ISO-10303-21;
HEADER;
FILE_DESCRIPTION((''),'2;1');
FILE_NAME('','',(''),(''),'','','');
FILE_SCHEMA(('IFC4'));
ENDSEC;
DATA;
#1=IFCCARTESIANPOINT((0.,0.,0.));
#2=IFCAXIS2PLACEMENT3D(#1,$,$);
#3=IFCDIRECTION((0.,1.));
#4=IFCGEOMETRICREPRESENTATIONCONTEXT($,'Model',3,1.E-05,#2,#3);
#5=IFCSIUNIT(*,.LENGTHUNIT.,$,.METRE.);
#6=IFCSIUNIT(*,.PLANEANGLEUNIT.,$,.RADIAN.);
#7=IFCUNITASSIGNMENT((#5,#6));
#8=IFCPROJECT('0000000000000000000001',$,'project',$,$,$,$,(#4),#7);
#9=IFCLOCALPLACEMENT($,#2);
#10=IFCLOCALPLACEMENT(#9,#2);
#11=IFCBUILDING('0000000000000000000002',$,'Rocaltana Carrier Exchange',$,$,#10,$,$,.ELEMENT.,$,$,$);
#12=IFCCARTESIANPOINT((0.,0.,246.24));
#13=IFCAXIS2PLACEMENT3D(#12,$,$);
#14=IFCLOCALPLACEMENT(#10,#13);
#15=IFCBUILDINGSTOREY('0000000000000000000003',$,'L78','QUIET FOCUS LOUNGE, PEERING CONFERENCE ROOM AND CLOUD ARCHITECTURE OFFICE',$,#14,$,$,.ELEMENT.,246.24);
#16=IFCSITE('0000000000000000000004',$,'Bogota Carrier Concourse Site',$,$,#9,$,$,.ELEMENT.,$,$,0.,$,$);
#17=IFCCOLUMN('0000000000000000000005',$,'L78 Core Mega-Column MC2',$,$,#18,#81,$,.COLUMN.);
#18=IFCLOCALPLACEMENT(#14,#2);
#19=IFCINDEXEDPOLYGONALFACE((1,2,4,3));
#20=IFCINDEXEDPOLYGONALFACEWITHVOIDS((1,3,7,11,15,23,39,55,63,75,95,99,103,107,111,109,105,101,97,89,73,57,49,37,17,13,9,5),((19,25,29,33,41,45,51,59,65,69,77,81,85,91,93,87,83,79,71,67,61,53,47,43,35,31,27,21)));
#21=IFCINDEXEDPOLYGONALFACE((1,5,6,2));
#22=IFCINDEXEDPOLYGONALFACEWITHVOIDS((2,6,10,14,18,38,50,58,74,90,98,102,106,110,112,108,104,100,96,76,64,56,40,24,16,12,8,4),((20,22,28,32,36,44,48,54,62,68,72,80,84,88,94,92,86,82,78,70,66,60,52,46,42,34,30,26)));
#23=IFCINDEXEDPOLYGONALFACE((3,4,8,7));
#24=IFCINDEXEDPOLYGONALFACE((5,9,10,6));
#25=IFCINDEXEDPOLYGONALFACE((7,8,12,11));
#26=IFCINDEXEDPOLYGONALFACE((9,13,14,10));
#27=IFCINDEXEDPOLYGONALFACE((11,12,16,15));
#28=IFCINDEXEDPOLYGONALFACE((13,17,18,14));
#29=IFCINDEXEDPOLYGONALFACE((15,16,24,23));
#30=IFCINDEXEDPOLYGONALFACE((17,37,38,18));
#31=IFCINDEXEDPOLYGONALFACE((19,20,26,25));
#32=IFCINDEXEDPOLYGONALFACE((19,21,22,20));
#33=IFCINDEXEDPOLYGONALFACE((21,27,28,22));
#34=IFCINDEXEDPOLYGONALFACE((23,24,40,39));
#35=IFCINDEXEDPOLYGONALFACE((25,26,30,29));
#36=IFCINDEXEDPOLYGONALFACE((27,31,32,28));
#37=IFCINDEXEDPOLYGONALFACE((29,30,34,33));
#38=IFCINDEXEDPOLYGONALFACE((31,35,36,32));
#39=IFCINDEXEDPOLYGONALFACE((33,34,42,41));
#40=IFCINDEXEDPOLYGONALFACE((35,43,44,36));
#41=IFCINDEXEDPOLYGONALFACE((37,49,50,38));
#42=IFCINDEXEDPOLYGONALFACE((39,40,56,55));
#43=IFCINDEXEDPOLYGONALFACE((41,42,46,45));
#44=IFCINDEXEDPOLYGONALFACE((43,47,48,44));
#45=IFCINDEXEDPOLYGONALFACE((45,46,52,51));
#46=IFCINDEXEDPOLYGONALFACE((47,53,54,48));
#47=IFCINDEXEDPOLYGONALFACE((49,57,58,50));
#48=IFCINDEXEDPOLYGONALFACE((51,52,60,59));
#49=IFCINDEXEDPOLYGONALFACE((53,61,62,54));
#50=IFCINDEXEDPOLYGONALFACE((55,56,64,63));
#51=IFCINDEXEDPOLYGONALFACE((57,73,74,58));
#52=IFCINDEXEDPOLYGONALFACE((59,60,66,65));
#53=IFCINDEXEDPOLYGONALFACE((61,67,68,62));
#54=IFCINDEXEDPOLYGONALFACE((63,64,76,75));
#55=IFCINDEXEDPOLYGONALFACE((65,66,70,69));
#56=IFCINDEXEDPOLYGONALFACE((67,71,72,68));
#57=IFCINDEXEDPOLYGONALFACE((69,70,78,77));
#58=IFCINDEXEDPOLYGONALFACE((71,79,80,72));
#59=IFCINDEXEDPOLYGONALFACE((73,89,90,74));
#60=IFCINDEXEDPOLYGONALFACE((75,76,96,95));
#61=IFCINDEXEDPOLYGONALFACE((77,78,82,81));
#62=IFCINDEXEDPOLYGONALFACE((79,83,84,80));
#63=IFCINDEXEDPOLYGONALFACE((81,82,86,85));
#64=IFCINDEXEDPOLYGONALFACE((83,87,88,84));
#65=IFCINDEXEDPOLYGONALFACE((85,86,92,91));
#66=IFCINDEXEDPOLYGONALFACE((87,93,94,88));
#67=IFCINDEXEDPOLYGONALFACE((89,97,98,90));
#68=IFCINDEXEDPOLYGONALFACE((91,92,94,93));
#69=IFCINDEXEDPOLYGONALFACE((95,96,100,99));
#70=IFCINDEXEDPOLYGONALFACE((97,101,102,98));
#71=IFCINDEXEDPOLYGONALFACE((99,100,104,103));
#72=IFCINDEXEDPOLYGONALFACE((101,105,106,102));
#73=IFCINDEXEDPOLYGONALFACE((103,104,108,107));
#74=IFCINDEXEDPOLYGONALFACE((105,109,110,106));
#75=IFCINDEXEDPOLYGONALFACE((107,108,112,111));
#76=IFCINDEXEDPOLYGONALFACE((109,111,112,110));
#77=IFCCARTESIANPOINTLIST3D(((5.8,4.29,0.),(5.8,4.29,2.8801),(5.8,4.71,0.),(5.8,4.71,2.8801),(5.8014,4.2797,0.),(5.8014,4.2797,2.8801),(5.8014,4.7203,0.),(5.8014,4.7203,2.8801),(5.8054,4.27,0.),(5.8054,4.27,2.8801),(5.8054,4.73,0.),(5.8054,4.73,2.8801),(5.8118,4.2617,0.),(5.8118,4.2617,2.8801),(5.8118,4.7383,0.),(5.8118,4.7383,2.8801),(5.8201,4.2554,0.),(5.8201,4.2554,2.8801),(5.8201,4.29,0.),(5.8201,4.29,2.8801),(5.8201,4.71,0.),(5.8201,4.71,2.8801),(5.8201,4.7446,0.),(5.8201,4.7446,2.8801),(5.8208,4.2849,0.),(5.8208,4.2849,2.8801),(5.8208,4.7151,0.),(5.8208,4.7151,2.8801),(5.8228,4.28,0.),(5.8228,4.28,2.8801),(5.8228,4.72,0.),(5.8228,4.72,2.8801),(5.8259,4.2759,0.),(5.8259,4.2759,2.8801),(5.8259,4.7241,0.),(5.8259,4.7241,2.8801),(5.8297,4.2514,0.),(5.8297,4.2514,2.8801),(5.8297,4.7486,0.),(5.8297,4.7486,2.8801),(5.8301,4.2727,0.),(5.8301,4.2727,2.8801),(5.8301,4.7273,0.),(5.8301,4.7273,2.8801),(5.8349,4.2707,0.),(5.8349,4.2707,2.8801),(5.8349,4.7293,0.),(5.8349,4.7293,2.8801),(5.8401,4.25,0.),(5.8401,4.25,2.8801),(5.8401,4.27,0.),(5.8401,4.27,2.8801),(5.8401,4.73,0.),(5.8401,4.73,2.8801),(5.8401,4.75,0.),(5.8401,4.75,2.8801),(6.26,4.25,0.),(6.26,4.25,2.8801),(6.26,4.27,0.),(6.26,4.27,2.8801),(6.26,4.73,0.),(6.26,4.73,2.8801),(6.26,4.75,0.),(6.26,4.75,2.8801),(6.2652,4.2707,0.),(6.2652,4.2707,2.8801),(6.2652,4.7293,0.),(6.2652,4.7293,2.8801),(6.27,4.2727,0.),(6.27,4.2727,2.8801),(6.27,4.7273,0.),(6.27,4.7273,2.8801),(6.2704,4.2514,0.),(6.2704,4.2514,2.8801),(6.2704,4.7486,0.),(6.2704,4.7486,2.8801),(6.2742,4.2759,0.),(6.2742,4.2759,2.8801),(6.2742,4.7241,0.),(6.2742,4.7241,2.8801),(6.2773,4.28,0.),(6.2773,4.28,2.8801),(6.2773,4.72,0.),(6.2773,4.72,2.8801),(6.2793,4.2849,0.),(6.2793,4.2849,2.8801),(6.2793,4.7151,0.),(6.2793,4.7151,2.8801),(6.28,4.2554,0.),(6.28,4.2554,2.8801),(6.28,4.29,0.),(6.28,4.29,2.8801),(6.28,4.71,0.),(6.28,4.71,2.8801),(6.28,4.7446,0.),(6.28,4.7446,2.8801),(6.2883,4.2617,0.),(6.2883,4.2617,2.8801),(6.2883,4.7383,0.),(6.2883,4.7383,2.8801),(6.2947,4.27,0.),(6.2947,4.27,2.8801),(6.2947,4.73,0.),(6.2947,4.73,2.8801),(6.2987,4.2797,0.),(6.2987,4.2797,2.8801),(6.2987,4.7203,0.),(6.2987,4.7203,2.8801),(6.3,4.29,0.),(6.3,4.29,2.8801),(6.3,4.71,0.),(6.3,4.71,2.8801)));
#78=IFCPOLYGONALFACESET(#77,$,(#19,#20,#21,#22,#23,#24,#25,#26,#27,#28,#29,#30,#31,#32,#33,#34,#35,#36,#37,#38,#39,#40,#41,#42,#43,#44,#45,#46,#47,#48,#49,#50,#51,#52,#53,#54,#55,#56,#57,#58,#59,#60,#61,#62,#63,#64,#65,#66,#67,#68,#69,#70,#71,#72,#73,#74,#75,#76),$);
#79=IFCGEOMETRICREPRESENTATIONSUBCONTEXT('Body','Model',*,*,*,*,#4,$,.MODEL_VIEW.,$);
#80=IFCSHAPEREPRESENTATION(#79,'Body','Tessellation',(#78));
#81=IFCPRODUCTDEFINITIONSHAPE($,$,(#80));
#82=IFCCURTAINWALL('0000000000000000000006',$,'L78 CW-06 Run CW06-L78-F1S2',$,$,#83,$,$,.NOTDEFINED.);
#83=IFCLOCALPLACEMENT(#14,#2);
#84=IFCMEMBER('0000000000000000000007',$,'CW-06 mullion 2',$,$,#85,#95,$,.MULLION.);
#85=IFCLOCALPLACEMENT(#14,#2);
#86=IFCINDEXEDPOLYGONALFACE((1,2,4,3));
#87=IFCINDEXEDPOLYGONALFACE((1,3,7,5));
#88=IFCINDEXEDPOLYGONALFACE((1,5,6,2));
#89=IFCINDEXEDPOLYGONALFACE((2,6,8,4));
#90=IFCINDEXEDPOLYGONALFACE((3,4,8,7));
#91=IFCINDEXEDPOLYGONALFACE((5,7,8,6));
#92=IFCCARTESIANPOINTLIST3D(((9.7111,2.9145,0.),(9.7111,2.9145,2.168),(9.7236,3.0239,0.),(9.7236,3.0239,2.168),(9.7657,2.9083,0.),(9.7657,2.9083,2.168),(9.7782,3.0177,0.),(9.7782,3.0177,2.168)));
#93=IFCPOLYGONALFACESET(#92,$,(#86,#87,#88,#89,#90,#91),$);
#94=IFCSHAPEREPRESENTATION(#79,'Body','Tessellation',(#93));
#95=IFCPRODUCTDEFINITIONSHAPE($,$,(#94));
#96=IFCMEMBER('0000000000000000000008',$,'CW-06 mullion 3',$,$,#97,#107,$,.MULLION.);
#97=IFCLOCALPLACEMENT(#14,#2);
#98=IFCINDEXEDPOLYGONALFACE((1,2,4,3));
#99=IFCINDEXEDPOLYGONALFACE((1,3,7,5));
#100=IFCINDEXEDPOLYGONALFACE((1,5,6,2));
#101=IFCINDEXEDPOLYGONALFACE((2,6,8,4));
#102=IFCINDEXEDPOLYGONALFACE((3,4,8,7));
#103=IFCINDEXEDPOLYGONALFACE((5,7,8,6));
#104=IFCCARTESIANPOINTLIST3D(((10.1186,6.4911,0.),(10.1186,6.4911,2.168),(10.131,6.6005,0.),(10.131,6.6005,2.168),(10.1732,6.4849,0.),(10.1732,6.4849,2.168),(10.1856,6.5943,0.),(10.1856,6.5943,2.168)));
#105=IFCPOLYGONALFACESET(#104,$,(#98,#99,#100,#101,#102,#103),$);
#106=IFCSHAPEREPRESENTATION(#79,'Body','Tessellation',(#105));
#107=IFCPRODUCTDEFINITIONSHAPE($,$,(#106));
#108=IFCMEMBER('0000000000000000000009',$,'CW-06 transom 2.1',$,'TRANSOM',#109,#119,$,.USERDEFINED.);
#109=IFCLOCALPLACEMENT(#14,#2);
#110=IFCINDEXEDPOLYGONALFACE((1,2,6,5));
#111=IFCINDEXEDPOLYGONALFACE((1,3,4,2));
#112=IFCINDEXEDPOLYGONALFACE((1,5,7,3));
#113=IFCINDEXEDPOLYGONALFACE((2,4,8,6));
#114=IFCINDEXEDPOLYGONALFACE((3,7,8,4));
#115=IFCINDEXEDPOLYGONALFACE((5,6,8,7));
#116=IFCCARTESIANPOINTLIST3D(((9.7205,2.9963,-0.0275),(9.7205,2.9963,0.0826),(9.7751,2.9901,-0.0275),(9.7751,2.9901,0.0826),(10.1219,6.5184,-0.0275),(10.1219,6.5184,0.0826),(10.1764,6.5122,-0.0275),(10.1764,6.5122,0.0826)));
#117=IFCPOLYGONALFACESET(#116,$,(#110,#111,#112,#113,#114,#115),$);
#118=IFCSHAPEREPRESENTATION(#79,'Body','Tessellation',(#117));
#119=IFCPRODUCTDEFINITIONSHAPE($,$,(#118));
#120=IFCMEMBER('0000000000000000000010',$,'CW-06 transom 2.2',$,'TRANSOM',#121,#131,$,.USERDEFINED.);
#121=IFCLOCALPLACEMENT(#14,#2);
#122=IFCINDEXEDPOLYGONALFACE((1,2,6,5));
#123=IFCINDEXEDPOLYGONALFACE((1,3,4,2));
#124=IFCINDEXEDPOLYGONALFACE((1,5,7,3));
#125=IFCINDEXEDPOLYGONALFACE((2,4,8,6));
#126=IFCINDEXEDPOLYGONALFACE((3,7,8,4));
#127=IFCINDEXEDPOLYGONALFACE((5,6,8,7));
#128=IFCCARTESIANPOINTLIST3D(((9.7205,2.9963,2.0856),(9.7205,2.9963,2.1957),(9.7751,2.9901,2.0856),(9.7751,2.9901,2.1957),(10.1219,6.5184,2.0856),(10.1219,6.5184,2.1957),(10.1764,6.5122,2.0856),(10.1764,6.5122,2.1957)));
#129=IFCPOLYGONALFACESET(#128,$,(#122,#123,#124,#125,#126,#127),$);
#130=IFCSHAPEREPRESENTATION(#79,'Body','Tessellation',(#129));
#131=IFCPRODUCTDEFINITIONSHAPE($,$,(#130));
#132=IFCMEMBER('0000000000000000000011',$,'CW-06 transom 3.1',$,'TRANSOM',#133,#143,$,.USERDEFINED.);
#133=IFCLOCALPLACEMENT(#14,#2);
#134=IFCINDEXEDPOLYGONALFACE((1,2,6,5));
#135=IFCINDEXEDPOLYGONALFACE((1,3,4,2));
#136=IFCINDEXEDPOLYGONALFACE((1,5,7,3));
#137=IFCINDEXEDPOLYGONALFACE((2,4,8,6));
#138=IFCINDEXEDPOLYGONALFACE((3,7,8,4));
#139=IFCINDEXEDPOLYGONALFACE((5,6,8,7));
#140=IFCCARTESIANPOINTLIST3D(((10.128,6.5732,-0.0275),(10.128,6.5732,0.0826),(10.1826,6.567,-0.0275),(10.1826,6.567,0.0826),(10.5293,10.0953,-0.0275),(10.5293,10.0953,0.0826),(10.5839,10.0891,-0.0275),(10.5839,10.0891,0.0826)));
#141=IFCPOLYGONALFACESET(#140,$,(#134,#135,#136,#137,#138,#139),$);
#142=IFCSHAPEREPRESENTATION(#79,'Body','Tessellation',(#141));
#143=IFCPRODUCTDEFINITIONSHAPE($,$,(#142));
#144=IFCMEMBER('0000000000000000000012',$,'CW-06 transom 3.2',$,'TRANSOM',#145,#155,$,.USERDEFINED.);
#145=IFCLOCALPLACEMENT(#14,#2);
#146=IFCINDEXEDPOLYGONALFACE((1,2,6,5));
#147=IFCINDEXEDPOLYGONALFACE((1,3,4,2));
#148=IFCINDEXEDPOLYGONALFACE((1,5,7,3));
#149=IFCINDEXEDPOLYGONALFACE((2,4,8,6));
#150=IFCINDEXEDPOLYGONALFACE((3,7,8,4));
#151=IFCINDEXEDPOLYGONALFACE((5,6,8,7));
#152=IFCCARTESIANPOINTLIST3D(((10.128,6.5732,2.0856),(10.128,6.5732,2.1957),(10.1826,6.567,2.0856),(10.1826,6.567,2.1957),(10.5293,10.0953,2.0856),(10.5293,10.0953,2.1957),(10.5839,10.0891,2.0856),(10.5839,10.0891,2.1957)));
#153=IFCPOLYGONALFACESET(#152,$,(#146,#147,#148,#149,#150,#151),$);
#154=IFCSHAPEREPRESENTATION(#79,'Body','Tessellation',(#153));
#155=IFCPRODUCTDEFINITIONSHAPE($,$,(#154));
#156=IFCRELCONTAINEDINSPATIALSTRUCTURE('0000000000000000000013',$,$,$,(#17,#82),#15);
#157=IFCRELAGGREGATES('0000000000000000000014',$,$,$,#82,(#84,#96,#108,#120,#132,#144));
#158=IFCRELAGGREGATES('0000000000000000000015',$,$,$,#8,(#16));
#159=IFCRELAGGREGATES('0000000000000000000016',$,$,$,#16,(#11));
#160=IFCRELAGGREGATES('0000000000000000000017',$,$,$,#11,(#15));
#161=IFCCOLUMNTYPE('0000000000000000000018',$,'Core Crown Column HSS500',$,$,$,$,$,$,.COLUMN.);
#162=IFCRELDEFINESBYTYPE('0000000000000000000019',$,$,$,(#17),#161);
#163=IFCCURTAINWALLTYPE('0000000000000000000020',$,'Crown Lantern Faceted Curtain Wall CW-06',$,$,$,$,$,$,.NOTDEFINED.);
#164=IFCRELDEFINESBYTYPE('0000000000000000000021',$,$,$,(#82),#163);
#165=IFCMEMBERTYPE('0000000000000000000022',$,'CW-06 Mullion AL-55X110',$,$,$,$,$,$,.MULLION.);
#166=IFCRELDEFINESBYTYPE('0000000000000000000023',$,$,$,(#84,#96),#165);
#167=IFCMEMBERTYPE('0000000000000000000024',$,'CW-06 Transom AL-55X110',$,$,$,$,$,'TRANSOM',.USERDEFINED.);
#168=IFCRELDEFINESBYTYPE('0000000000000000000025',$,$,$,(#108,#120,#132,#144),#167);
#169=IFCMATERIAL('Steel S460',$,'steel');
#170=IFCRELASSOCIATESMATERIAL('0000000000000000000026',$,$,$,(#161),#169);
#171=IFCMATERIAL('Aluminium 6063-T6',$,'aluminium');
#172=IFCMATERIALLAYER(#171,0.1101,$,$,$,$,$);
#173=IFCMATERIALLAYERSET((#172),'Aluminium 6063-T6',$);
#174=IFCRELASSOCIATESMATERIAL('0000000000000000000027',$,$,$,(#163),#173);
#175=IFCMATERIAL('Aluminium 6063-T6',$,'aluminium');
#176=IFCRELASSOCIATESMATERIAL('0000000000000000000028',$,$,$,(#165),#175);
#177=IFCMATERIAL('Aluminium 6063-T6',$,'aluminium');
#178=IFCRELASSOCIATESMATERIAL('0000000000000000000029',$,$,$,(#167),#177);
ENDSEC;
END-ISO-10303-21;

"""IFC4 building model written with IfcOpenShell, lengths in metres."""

from ifc_helpers import new_model, si_unit, direction, frame, origin, origin_2d, place, context, subcontext, project, spatial, rectangle, hollow_rectangle, extrude, material, layer, layer_set, material_profile, profile_set, type_object, element, aggregate, save


model = new_model("IFC4")

# Units and contexts
model_context = context("Model", 3, precision=1e-05, world=origin(), true_north=direction((0.0, 1.0)))
body_context = subcontext(model_context, "Body", "Model", "MODEL_VIEW")
ifc_project = project(units=[si_unit("LENGTHUNIT", "METRE"), si_unit("PLANEANGLEUNIT", "RADIAN")], contexts=[model_context])

# Site, building, storey
site_placement = place(None, origin())
site = spatial("IfcSite", under=ifc_project, at=site_placement, Name="Bogota Carrier Concourse Site", CompositionType="ELEMENT", RefElevation=0.0)
building_placement = place(site_placement, origin())
building = spatial("IfcBuilding", under=site, at=building_placement, Name="Rocaltana Carrier Exchange", CompositionType="ELEMENT")
storey_placement = place(building_placement, frame((0.0, 0.0, 246.24)))
storey = spatial("IfcBuildingStorey", under=building, at=storey_placement, Name="L78", Description="QUIET FOCUS LOUNGE, PEERING CONFERENCE ROOM AND CLOUD ARCHITECTURE OFFICE", CompositionType="ELEMENT", Elevation=246.24)

# Column
ifc_material_1 = material(Name="Steel S460", Category="steel")
ifc_material_profile_1 = material_profile(ifc_material_1, hollow_rectangle(XDim=0.5, YDim=0.5, WallThickness=0.02, InnerFilletRadius=0.02, OuterFilletRadius=0.04, at=origin_2d()), Name="HSS500X500X20")
ifc_profile_set_1 = profile_set([ifc_material_profile_1], Name="Steel S460")
column_type = type_object("IfcColumnType", Name="Core Crown Column HSS500", PredefinedType="COLUMN", material=ifc_profile_set_1)
column_placement = place(storey_placement, frame((6.05, 4.5, 0.0), z_axis=(0.0, 0.0, 1.0), x_axis=(1.0, 0.0, 0.0)))
element("IfcColumn", 1, at=column_placement, inside=storey, type_object=column_type, Name="L78 Core Mega-Column MC2", PredefinedType="COLUMN", context=body_context, shape_type="SweptSolid", body=[
    extrude(hollow_rectangle(XDim=0.5, YDim=0.5, WallThickness=0.02, InnerFilletRadius=0.02, OuterFilletRadius=0.04, at=origin_2d()), origin(), (0.0, 0.0, 1.0), 2.8801),
])

# Curtain wall, members
ifc_material_2 = material(Name="Aluminium 6063-T6", Category="aluminium")
ifc_layer_1 = layer(ifc_material_2, 0.1101)
ifc_layer_set_1 = layer_set([ifc_layer_1], Name="Aluminium 6063-T6")
curtain_wall_type = type_object("IfcCurtainWallType", Name="Crown Lantern Faceted Curtain Wall CW-06", PredefinedType="NOTDEFINED", material=ifc_layer_set_1)
curtain_wall_placement = place(storey_placement, origin())
curtain_wall = element("IfcCurtainWall", 2, at=curtain_wall_placement, inside=storey, type_object=curtain_wall_type, Name="L78 CW-06 Run CW06-L78-F1S2", PredefinedType="NOTDEFINED")
ifc_material_3 = material(Name="Aluminium 6063-T6", Category="aluminium")
ifc_material_profile_2 = material_profile(ifc_material_3, rectangle(XDim=0.0549, YDim=0.1101, at=origin_2d()), Name="AL-55X110")
ifc_profile_set_2 = profile_set([ifc_material_profile_2], Name="Aluminium 6063-T6")
member_type_1 = type_object("IfcMemberType", Name="CW-06 Mullion AL-55X110", PredefinedType="MULLION", material=ifc_profile_set_2)
member_1_placement = place(storey_placement, frame((9.7446, 2.9661, 0.0), z_axis=(0.0, 0.0, 1.0), x_axis=(-0.993571, 0.113209, 0.0)))
member_1 = element("IfcMember", 3, at=member_1_placement, type_object=member_type_1, Name="CW-06 mullion 2", PredefinedType="MULLION", context=body_context, shape_type="SweptSolid", body=[
    extrude(rectangle(XDim=0.0549, YDim=0.1101, at=origin_2d()), origin(), (0.0, 0.0, 1.0), 2.168),
])
member_2_placement = place(storey_placement, frame((10.1521, 6.5427, 0.0), z_axis=(0.0, 0.0, 1.0), x_axis=(-0.993571, 0.113209, 0.0)))
member_2 = element("IfcMember", 4, at=member_2_placement, type_object=member_type_1, Name="CW-06 mullion 3", PredefinedType="MULLION", context=body_context, shape_type="SweptSolid", body=[
    extrude(rectangle(XDim=0.0549, YDim=0.1101, at=origin_2d()), origin(), (0.0, 0.0, 1.0), 2.168),
])
ifc_material_4 = material(Name="Aluminium 6063-T6", Category="aluminium")
ifc_material_profile_3 = material_profile(ifc_material_4, rectangle(XDim=0.0549, YDim=0.1101, at=origin_2d()), Name="AL-55X110")
ifc_profile_set_3 = profile_set([ifc_material_profile_3], Name="Aluminium 6063-T6")
member_type_2 = type_object("IfcMemberType", Name="CW-06 Transom AL-55X110", ElementType="TRANSOM", PredefinedType="USERDEFINED", material=ifc_profile_set_3)
member_3_placement = place(storey_placement, frame((9.7478, 2.9932, 0.0276), z_axis=(0.11322, 0.99357, 0.0), x_axis=(-0.99357, 0.11322, 0.0)))
member_3 = element("IfcMember", 5, at=member_3_placement, type_object=member_type_2, Name="CW-06 transom 2.1", ObjectType="TRANSOM", PredefinedType="USERDEFINED", context=body_context, shape_type="SweptSolid", body=[
    extrude(rectangle(XDim=0.0549, YDim=0.1101, at=origin_2d()), origin(), (0.0, 0.0, 1.0), 3.5449),
])
member_4_placement = place(storey_placement, frame((9.7478, 2.9932, 2.1406), z_axis=(0.11322, 0.99357, 0.0), x_axis=(-0.99357, 0.11322, 0.0)))
member_4 = element("IfcMember", 6, at=member_4_placement, type_object=member_type_2, Name="CW-06 transom 2.2", ObjectType="TRANSOM", PredefinedType="USERDEFINED", context=body_context, shape_type="SweptSolid", body=[
    extrude(rectangle(XDim=0.0549, YDim=0.1101, at=origin_2d()), origin(), (0.0, 0.0, 1.0), 3.5449),
])
member_5_placement = place(storey_placement, frame((10.1553, 6.5701, 0.0276), z_axis=(0.11322, 0.99357, 0.0), x_axis=(-0.99357, 0.11322, 0.0)))
member_5 = element("IfcMember", 7, at=member_5_placement, type_object=member_type_2, Name="CW-06 transom 3.1", ObjectType="TRANSOM", PredefinedType="USERDEFINED", context=body_context, shape_type="SweptSolid", body=[
    extrude(rectangle(XDim=0.0549, YDim=0.1101, at=origin_2d()), origin(), (0.0, 0.0, 1.0), 3.5449),
])
member_6_placement = place(storey_placement, frame((10.1553, 6.5701, 2.1406), z_axis=(0.11322, 0.99357, 0.0), x_axis=(-0.99357, 0.11322, 0.0)))
member_6 = element("IfcMember", 8, at=member_6_placement, type_object=member_type_2, Name="CW-06 transom 3.2", ObjectType="TRANSOM", PredefinedType="USERDEFINED", context=body_context, shape_type="SweptSolid", body=[
    extrude(rectangle(XDim=0.0549, YDim=0.1101, at=origin_2d()), origin(), (0.0, 0.0, 1.0), 3.5449),
])

aggregate(curtain_wall, [member_1, member_2, member_3, member_4, member_5, member_6])

save(model, "model.ifc")
